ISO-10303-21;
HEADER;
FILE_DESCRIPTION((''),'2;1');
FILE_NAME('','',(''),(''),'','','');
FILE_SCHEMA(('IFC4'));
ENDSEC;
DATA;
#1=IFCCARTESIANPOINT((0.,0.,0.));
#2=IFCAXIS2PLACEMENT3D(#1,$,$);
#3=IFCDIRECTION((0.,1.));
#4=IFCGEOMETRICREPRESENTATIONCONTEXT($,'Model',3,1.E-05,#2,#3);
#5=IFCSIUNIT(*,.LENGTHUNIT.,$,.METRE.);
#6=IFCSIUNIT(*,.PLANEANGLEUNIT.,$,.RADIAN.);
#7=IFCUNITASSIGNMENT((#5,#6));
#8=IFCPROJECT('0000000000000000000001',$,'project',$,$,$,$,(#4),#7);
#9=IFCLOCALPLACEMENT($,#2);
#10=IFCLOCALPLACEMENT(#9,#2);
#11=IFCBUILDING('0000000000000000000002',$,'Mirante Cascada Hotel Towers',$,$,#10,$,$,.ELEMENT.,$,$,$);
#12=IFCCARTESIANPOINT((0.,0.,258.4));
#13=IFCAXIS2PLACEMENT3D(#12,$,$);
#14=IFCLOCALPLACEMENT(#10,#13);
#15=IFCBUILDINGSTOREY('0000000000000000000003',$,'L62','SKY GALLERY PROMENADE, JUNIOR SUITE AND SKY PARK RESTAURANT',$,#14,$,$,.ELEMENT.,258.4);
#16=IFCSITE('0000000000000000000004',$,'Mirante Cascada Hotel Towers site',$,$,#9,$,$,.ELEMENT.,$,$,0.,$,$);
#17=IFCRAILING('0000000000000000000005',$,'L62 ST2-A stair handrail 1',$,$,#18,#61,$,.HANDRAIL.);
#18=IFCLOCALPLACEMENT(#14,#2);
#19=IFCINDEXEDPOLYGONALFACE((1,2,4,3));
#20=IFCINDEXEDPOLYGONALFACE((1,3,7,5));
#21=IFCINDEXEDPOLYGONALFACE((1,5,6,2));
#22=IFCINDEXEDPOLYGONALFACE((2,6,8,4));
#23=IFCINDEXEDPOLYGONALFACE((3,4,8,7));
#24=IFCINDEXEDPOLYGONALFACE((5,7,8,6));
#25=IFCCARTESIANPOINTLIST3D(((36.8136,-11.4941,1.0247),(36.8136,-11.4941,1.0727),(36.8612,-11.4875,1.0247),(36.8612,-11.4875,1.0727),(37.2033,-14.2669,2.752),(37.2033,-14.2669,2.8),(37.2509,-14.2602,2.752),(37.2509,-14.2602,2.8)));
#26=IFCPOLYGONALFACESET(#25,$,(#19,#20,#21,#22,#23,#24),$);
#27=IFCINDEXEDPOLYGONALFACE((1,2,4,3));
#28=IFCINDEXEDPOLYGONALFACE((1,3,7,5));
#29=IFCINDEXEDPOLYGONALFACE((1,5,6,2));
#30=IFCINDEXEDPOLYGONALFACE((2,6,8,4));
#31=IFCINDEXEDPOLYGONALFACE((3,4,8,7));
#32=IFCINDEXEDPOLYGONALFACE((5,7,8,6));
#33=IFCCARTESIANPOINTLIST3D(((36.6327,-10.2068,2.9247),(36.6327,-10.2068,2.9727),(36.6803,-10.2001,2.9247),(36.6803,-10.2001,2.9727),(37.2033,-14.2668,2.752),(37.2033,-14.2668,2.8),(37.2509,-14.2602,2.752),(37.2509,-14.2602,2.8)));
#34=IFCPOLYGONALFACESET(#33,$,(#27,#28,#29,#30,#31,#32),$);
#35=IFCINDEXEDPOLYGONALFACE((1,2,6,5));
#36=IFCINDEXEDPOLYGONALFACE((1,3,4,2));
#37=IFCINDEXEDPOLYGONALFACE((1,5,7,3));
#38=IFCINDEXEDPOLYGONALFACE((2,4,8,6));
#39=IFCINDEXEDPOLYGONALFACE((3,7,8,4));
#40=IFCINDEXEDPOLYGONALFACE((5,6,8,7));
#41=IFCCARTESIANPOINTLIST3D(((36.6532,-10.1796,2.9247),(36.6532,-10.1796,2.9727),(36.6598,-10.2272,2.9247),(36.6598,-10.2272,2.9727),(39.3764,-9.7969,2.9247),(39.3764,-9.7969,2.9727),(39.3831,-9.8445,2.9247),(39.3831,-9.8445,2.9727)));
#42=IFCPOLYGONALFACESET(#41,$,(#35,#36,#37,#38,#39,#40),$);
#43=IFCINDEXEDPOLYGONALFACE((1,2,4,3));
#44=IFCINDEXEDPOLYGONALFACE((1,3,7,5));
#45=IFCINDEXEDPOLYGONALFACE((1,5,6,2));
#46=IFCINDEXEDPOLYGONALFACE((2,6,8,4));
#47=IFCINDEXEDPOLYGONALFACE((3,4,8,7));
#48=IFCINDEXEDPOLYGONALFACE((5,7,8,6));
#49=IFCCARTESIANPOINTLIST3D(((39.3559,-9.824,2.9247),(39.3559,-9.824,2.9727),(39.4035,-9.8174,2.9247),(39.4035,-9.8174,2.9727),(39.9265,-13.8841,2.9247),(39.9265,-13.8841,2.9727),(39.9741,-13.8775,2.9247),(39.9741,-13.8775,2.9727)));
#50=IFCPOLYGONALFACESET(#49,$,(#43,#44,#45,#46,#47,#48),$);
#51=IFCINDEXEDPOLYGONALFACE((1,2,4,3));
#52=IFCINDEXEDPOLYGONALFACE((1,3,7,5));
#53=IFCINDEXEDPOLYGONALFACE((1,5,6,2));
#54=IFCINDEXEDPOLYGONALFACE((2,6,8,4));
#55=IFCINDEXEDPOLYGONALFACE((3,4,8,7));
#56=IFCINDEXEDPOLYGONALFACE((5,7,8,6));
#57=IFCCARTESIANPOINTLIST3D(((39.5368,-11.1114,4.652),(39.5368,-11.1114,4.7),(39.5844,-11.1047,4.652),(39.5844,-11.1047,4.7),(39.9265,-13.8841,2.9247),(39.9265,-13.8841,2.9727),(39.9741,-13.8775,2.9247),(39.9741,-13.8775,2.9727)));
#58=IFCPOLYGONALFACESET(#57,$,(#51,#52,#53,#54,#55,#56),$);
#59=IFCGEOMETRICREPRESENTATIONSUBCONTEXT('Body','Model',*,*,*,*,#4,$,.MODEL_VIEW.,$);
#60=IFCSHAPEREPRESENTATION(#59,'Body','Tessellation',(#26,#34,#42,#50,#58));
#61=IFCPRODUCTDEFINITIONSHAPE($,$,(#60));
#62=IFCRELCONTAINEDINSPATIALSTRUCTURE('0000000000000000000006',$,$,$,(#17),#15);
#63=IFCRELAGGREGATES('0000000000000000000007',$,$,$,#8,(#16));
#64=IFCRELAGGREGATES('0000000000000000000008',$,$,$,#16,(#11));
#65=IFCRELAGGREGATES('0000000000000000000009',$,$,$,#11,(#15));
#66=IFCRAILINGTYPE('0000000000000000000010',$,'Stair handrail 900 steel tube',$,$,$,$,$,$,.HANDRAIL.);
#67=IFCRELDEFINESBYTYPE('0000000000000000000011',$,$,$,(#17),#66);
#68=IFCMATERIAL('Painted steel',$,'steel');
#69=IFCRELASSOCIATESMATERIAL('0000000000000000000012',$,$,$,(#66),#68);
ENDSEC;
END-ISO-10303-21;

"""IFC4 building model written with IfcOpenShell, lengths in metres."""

from ifc_helpers import new_model, si_unit, direction, frame, origin, origin_2d, place, context, subcontext, project, spatial, rectangle, extrude, material, type_object, element, save


model = new_model("IFC4")

# Units and contexts
model_context = context("Model", 3, precision=1e-05, world=origin(), true_north=direction((0.0, 1.0)))
body_context = subcontext(model_context, "Body", "Model", "MODEL_VIEW")
ifc_project = project(units=[si_unit("LENGTHUNIT", "METRE"), si_unit("PLANEANGLEUNIT", "RADIAN")], contexts=[model_context])

# Site, building, storey
site_placement = place(None, origin())
site = spatial("IfcSite", under=ifc_project, at=site_placement, Name="Mirante Cascada Hotel Towers site", CompositionType="ELEMENT", RefElevation=0.0)
building_placement = place(site_placement, origin())
building = spatial("IfcBuilding", under=site, at=building_placement, Name="Mirante Cascada Hotel Towers", CompositionType="ELEMENT")
storey_placement = place(building_placement, frame((0.0, 0.0, 258.4)))
storey = spatial("IfcBuildingStorey", under=building, at=storey_placement, Name="L62", Description="SKY GALLERY PROMENADE, JUNIOR SUITE AND SKY PARK RESTAURANT", CompositionType="ELEMENT", Elevation=258.4)

# Railing
ifc_material_1 = material(Name="Painted steel", Category="steel")
railing_type_1 = type_object("IfcRailingType", Name="Stair handrail 900 steel tube", PredefinedType="HANDRAIL", material=ifc_material_1)
railing_1_placement = place(storey_placement, frame((36.8374, -11.4908, 0.1727)))
element("IfcRailing", 1, at=railing_1_placement, inside=storey, type_object=railing_type_1, Name="L62 ST2-A stair handrail 1", PredefinedType="HANDRAIL", context=body_context, shape_type="SweptSolid", body=[
    extrude(rectangle(XDim=0.048, YDim=0.048, at=origin_2d()), frame((0.0, 0.0, 0.876), z_axis=(0.139181, -0.990267, 0.0), x_axis=(0.990267, 0.139181, 0.0)), (0.0, 0.525035, 0.851081), 3.2899),
    extrude(rectangle(XDim=0.048, YDim=0.048, at=origin_2d()), frame((0.3897, -2.7727, 2.6033), z_axis=(-0.139171, 0.990268, 0.0), x_axis=(-0.990268, -0.139171, 0.0)), (0.0, 0.042085, 0.999114), 4.1036),
    extrude(rectangle(XDim=0.048, YDim=0.048, at=origin_2d()), frame((-0.1809, 1.2874, 2.776), z_axis=(0.990269, 0.139166, 0.0), x_axis=(-0.139166, 0.990269, 0.0)), (0.0, 0.0, 1.0), 2.75),
    extrude(rectangle(XDim=0.048, YDim=0.048, at=origin_2d()), frame((2.5423, 1.6701, 2.776), z_axis=(0.139171, -0.990268, 0.0), x_axis=(0.990268, 0.139171, 0.0)), (0.0, 0.0, 1.0), 4.1),
    extrude(rectangle(XDim=0.048, YDim=0.048, at=origin_2d()), frame((3.1129, -2.39, 2.776), z_axis=(-0.139181, 0.990267, 0.0), x_axis=(-0.990267, -0.139181, 0.0)), (0.0, 0.525035, 0.851081), 3.2899),
])

save(model, "model.ifc")
